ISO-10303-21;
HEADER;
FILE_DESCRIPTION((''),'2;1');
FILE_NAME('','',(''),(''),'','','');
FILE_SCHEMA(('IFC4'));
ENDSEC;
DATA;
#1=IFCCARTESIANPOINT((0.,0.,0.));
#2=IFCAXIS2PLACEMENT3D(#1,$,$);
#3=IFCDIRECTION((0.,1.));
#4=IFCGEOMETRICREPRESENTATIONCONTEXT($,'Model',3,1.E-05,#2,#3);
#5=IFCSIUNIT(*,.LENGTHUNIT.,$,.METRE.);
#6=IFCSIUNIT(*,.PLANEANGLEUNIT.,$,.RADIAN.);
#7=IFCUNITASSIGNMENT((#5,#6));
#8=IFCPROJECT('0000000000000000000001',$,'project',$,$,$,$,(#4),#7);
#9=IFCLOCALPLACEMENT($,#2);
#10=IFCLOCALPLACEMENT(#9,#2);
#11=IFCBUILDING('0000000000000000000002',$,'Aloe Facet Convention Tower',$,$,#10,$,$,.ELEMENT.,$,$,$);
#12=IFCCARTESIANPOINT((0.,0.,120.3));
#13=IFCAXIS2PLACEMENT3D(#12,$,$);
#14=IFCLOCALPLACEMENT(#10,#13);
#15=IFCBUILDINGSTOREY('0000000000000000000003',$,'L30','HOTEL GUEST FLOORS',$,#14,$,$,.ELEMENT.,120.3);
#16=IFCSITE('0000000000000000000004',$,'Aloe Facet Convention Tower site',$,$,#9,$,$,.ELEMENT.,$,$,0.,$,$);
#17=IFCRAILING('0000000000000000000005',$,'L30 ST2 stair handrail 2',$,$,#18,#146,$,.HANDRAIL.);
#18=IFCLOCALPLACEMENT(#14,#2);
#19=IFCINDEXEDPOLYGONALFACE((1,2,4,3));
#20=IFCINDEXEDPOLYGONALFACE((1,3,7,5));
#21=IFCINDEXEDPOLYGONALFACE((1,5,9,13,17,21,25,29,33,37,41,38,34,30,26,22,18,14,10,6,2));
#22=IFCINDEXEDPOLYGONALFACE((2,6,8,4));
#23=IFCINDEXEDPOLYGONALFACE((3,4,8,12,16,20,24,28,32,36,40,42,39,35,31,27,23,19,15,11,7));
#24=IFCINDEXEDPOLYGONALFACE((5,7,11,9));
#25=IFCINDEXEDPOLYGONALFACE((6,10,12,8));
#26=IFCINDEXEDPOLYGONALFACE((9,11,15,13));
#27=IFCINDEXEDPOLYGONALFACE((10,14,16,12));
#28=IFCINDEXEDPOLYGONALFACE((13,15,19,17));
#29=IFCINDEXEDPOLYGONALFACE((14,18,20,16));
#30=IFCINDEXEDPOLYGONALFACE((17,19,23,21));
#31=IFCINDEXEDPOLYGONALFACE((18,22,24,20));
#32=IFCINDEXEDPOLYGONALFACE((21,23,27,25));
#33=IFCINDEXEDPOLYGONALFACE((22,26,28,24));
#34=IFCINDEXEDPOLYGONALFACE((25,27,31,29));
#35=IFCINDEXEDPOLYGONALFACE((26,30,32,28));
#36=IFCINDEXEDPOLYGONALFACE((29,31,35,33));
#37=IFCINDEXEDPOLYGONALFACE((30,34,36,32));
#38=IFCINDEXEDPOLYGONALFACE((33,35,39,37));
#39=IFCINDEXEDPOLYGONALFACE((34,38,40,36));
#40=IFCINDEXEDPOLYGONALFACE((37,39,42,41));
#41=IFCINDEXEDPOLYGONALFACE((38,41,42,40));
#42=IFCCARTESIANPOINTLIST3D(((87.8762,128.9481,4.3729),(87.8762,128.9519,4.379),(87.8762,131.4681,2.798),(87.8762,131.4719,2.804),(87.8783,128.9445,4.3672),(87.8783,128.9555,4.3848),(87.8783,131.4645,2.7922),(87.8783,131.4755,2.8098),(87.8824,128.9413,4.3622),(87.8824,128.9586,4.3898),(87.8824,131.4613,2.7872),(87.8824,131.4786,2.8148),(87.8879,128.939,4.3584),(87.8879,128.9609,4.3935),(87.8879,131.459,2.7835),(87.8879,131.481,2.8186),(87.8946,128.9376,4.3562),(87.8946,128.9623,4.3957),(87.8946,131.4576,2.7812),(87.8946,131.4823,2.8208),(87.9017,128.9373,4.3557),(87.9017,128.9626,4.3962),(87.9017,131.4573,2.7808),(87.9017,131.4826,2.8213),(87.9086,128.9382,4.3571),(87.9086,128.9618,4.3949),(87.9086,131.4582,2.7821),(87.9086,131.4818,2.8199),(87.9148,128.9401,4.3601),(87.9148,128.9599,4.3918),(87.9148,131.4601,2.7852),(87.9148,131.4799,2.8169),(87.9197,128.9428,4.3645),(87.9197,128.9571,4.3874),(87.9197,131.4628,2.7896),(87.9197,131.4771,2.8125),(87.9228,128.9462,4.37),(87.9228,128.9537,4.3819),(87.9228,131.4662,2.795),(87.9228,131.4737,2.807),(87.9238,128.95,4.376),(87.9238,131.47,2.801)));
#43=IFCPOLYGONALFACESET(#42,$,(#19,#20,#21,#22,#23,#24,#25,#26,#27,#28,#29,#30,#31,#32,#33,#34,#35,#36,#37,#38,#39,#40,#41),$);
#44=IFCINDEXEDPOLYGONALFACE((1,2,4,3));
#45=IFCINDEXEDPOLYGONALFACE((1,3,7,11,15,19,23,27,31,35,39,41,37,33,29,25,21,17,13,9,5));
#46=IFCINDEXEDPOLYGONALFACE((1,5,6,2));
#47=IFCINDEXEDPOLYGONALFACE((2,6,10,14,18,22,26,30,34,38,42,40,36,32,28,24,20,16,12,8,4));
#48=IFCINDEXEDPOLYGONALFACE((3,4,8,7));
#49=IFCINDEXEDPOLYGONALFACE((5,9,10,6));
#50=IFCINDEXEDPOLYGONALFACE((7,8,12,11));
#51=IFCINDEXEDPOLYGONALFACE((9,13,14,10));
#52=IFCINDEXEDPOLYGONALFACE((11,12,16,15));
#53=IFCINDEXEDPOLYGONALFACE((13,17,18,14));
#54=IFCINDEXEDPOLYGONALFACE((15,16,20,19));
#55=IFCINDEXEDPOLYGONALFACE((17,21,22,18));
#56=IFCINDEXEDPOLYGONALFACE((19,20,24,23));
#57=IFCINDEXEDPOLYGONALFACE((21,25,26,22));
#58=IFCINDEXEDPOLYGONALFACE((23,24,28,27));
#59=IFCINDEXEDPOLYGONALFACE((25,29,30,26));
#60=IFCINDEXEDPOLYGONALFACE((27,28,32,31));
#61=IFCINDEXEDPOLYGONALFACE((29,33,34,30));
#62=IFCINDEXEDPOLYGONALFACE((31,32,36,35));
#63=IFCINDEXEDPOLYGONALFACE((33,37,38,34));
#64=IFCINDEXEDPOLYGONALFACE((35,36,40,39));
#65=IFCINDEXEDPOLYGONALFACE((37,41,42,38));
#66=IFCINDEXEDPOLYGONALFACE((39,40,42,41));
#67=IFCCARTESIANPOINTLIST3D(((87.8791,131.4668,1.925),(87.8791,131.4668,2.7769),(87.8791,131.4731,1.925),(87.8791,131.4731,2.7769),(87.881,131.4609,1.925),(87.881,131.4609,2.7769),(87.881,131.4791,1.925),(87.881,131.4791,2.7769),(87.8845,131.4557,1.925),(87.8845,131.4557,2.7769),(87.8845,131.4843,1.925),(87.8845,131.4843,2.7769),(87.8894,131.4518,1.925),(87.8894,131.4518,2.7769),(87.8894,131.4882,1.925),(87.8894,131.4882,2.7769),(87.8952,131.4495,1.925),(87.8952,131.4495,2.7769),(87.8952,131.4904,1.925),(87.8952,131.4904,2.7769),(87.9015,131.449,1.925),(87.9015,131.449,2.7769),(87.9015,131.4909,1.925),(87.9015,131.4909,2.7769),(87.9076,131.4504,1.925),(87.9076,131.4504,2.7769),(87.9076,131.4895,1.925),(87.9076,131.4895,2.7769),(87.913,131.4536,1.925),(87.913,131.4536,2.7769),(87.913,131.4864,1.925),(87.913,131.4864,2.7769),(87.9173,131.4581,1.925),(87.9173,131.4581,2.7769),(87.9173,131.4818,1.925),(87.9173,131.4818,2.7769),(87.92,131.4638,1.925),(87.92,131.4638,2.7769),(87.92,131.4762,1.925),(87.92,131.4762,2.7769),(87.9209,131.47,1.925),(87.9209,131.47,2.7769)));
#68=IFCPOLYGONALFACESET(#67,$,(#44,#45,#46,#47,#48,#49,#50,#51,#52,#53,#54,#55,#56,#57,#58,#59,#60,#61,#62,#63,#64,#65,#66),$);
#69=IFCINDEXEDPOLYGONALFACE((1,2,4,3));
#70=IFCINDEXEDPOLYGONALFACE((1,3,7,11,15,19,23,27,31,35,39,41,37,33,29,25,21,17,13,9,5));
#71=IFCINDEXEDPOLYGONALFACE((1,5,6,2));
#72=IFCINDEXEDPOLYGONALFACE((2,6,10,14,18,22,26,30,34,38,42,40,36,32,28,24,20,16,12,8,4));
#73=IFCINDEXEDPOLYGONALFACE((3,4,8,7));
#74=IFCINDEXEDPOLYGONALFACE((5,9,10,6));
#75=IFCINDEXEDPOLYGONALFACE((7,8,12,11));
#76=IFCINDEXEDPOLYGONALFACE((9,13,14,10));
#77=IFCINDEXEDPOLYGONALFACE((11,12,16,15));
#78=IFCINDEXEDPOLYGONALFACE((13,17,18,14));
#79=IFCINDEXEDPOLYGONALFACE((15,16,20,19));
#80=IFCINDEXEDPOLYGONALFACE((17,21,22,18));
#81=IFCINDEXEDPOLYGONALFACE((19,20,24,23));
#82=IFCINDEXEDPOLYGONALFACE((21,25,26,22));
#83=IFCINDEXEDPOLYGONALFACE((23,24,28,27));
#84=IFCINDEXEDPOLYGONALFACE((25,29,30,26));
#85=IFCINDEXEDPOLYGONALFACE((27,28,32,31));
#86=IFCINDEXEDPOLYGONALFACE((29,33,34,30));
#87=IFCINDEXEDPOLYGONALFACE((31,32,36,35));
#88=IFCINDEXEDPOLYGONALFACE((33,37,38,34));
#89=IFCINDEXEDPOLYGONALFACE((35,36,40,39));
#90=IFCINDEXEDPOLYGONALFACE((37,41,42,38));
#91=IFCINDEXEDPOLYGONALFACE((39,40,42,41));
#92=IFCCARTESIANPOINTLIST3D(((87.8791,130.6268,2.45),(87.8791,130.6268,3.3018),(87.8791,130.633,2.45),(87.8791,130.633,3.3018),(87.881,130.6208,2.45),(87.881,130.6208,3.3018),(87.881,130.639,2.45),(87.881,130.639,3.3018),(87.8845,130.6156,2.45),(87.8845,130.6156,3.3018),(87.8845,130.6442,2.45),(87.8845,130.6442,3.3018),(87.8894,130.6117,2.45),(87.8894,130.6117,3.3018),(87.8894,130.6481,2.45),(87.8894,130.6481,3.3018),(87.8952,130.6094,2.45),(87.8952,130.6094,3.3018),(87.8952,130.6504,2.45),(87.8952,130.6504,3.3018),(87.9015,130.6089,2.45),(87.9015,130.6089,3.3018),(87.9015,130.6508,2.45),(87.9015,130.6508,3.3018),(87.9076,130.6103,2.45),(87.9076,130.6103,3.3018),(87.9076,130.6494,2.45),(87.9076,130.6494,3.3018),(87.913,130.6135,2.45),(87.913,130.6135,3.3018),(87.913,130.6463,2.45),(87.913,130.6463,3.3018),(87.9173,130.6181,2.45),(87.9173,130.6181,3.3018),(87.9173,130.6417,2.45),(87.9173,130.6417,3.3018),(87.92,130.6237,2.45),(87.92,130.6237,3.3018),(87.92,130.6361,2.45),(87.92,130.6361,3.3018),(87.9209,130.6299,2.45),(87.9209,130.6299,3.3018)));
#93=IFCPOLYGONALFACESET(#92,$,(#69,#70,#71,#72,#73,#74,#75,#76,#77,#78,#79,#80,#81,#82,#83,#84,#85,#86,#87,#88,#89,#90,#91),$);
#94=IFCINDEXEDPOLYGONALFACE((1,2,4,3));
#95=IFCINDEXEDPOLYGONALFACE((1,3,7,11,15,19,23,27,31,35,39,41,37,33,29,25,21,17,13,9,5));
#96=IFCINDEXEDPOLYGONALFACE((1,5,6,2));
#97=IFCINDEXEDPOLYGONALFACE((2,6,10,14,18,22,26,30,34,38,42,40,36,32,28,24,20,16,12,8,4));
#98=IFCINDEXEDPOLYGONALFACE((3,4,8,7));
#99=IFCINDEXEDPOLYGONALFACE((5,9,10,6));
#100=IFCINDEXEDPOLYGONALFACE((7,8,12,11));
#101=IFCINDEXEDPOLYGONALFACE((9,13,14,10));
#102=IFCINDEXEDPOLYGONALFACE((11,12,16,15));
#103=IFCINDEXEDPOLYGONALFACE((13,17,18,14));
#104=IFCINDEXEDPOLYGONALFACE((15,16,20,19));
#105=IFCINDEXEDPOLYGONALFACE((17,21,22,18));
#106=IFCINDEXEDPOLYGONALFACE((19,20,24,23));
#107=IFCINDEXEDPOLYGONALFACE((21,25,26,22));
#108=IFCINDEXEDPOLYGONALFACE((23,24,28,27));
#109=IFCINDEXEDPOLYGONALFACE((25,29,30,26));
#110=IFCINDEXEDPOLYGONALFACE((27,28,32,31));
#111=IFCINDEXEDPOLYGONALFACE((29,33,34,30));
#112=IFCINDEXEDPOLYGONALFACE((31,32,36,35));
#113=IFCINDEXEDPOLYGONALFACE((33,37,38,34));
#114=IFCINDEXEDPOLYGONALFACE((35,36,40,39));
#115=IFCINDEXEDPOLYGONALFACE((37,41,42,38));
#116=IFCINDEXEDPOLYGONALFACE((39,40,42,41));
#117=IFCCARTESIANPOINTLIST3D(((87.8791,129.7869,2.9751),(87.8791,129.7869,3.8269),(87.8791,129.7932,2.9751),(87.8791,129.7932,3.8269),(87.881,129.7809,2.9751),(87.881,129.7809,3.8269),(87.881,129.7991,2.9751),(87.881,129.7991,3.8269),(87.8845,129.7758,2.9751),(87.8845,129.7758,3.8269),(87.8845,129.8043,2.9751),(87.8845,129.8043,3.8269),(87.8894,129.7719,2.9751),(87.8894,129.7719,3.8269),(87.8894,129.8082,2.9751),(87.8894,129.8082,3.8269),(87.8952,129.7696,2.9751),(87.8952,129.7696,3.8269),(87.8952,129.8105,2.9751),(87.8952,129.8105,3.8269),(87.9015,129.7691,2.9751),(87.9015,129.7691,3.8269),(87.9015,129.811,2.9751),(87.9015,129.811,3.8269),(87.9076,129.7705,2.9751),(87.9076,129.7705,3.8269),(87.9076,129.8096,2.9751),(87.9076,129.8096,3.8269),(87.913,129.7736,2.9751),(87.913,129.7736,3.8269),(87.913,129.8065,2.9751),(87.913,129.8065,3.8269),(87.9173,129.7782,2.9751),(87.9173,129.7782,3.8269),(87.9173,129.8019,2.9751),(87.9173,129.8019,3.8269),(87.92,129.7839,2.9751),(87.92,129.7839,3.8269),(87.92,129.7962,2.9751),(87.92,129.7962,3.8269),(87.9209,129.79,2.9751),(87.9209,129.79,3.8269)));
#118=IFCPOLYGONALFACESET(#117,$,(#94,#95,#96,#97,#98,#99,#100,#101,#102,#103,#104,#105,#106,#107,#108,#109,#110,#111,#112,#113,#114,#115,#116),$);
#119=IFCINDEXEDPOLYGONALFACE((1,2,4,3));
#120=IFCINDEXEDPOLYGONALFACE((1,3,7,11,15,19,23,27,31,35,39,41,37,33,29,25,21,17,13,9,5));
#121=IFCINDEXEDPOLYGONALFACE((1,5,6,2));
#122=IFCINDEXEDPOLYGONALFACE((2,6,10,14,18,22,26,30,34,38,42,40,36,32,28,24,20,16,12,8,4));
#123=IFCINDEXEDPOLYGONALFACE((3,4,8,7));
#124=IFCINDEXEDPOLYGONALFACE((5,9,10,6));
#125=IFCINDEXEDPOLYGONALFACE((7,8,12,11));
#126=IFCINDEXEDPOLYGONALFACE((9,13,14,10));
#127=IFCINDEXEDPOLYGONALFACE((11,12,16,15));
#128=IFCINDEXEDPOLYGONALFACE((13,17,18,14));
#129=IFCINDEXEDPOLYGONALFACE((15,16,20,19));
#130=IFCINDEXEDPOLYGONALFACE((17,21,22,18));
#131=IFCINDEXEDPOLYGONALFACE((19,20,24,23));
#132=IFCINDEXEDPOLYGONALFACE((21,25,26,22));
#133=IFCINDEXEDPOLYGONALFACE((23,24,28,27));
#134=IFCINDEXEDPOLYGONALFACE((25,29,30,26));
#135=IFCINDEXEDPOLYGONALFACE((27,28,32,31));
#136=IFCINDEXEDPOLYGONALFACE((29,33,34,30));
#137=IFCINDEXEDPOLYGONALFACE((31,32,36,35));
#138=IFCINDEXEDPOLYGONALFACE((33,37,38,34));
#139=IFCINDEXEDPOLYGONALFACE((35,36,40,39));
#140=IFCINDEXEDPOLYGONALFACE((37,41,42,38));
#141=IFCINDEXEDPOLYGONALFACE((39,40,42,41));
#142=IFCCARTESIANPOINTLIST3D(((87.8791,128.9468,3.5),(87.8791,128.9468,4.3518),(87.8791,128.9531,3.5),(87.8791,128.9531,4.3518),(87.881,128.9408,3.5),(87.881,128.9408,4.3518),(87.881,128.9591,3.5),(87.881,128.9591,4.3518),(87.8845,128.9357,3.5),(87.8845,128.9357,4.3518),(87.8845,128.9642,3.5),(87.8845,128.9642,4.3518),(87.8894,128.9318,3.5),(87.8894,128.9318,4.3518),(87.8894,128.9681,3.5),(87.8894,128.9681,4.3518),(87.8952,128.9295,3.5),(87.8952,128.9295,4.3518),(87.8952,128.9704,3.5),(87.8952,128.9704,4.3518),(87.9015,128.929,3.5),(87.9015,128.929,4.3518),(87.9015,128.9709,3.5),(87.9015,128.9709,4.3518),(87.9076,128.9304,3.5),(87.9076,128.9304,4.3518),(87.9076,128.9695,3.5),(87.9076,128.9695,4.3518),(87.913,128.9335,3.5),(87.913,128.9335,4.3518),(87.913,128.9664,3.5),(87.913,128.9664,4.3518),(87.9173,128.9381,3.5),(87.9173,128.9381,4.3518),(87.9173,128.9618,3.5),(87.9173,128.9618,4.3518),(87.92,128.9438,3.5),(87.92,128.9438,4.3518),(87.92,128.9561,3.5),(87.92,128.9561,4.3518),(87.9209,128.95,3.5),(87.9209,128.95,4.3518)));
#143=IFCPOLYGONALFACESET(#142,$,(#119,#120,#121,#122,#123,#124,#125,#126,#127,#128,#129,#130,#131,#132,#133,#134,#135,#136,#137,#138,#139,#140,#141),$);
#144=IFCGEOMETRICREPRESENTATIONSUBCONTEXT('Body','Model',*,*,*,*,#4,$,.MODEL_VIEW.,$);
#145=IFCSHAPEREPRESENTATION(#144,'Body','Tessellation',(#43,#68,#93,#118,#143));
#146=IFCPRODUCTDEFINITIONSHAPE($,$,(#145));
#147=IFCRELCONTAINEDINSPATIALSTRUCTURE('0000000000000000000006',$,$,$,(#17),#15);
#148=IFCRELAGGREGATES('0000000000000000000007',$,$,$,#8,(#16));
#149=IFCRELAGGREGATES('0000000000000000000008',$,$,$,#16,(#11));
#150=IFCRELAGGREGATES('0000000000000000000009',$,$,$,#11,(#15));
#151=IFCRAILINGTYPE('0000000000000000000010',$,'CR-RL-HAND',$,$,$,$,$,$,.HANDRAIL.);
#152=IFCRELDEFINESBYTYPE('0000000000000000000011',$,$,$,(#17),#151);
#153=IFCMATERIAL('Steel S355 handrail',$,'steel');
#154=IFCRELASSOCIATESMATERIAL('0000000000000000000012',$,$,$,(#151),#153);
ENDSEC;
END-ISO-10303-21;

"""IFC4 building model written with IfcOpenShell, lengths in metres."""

from ifc_helpers import new_model, si_unit, direction, frame, origin, origin_2d, place, context, subcontext, project, spatial, circle, extrude, material, type_object, element, save


model = new_model("IFC4")

# Units and contexts
model_context = context("Model", 3, precision=1e-05, world=origin(), true_north=direction((0.0, 1.0)))
body_context = subcontext(model_context, "Body", "Model", "MODEL_VIEW")
ifc_project = project(units=[si_unit("LENGTHUNIT", "METRE"), si_unit("PLANEANGLEUNIT", "RADIAN")], contexts=[model_context])

# Site, building, storey
site_placement = place(None, origin())
site = spatial("IfcSite", under=ifc_project, at=site_placement, Name="Aloe Facet Convention Tower site", CompositionType="ELEMENT", RefElevation=0.0)
building_placement = place(site_placement, origin())
building = spatial("IfcBuilding", under=site, at=building_placement, Name="Aloe Facet Convention Tower", CompositionType="ELEMENT")
storey_placement = place(building_placement, frame((0.0, 0.0, 120.3)))
storey = spatial("IfcBuildingStorey", under=building, at=storey_placement, Name="L30", Description="HOTEL GUEST FLOORS", CompositionType="ELEMENT", Elevation=120.3)

# Railing
ifc_material_1 = material(Name="Steel S355 handrail", Category="steel")
railing_type_1 = type_object("IfcRailingType", Name="CR-RL-HAND", PredefinedType="HANDRAIL", material=ifc_material_1)
railing_1_placement = place(storey_placement, frame((87.8999, 131.47, 1.925)))
element("IfcRailing", 1, at=railing_1_placement, inside=storey, type_object=railing_type_1, Name="L30 ST2 stair handrail 2", PredefinedType="HANDRAIL", context=body_context, shape_type="SweptSolid", body=[
    extrude(circle(Radius=0.0239, at=origin_2d()), frame((0.0, 0.0, 0.876), z_axis=(0.0, -0.848008, 0.529984), x_axis=(1.0, 0.0, 0.0)), (0.0, 0.0, 1.0), 2.9717),
    extrude(circle(Radius=0.021, at=origin_2d()), origin(), (0.0, 0.0, 1.0), 0.8518),
    extrude(circle(Radius=0.021, at=origin_2d()), frame((0.0, -0.8401, 0.5249)), (0.0, 0.0, 1.0), 0.8518),
    extrude(circle(Radius=0.021, at=origin_2d()), frame((0.0, -1.6799, 1.05)), (0.0, 0.0, 1.0), 0.8518),
    extrude(circle(Radius=0.021, at=origin_2d()), frame((0.0, -2.52, 1.575)), (0.0, 0.0, 1.0), 0.8518),
])

save(model, "model.ifc")
